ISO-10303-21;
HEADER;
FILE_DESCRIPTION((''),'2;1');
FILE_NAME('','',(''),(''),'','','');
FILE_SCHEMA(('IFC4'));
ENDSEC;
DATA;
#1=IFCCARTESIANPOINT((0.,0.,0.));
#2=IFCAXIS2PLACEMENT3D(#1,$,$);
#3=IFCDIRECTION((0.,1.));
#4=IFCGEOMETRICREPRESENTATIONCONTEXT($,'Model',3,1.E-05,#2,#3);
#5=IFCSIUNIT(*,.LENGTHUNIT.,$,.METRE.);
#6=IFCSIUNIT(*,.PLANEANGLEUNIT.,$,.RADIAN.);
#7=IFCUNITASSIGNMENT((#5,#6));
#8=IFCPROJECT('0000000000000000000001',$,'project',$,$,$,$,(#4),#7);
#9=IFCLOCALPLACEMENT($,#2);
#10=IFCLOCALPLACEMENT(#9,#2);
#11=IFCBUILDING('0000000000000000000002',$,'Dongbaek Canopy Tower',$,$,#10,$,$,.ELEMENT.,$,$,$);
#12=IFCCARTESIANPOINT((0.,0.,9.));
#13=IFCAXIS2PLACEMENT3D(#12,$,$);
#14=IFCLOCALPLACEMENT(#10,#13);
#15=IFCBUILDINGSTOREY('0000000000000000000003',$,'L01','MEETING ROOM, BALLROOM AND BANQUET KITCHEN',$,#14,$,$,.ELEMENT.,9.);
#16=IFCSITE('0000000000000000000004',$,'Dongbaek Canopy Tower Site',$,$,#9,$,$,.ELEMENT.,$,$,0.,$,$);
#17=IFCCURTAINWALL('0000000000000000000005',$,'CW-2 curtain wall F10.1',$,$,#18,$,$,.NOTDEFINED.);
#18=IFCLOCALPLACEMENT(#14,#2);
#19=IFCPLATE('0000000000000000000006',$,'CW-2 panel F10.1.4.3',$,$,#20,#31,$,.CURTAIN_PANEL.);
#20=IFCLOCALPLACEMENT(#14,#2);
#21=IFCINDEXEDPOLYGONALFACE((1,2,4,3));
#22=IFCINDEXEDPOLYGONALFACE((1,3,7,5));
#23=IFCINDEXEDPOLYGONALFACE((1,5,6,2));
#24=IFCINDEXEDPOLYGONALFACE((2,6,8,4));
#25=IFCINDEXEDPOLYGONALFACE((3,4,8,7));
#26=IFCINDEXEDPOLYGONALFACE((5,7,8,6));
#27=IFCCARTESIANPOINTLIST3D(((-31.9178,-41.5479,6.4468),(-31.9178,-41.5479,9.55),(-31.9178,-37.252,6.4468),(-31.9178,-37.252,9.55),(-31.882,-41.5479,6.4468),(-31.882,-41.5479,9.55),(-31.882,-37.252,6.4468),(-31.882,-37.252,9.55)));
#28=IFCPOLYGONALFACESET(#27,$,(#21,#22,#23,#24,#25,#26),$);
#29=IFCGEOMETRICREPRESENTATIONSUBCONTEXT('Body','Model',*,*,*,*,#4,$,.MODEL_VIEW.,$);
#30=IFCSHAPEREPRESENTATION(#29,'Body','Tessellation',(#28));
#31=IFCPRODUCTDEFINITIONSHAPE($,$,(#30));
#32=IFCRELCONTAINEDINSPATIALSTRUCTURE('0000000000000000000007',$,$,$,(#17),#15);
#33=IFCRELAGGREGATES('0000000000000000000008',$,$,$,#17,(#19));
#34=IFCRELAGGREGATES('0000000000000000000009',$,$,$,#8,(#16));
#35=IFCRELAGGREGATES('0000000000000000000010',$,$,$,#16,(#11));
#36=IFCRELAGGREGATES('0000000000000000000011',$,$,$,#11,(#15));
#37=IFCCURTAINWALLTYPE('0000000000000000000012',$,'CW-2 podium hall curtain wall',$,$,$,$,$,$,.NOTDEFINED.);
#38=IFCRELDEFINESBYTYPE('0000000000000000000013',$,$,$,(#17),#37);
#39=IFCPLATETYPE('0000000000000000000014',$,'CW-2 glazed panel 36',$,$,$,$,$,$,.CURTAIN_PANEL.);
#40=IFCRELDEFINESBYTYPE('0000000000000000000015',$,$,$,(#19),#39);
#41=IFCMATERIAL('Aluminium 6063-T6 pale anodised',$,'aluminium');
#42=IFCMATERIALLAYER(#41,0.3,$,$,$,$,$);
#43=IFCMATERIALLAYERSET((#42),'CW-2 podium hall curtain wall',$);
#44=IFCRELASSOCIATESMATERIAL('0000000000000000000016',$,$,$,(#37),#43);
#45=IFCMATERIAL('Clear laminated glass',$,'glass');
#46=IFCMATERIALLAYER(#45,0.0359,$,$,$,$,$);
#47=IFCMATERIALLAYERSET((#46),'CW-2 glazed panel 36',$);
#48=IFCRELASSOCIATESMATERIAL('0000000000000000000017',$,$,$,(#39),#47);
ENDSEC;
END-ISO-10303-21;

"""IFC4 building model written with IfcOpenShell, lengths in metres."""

from ifc_helpers import new_model, si_unit, direction, frame, origin, origin_2d, place, context, subcontext, project, spatial, rectangle, extrude, material, layer, layer_set, type_object, element, aggregate, save


model = new_model("IFC4")

# Units and contexts
model_context = context("Model", 3, precision=1e-05, world=origin(), true_north=direction((0.0, 1.0)))
body_context = subcontext(model_context, "Body", "Model", "MODEL_VIEW")
ifc_project = project(units=[si_unit("LENGTHUNIT", "METRE"), si_unit("PLANEANGLEUNIT", "RADIAN")], contexts=[model_context])

# Site, building, storey
site_placement = place(None, origin())
site = spatial("IfcSite", under=ifc_project, at=site_placement, Name="Dongbaek Canopy Tower Site", CompositionType="ELEMENT", RefElevation=0.0)
building_placement = place(site_placement, origin())
building = spatial("IfcBuilding", under=site, at=building_placement, Name="Dongbaek Canopy Tower", CompositionType="ELEMENT")
storey_placement = place(building_placement, frame((0.0, 0.0, 9.0)))
storey = spatial("IfcBuildingStorey", under=building, at=storey_placement, Name="L01", Description="MEETING ROOM, BALLROOM AND BANQUET KITCHEN", CompositionType="ELEMENT", Elevation=9.0)

# Curtain wall, plate
ifc_material_1 = material(Name="Aluminium 6063-T6 pale anodised", Category="aluminium")
ifc_layer_1 = layer(ifc_material_1, 0.3)
ifc_layer_set_1 = layer_set([ifc_layer_1], Name="CW-2 podium hall curtain wall")
curtain_wall_type = type_object("IfcCurtainWallType", Name="CW-2 podium hall curtain wall", PredefinedType="NOTDEFINED", material=ifc_layer_set_1)
curtain_wall_placement = place(storey_placement, origin())
curtain_wall = element("IfcCurtainWall", 1, at=curtain_wall_placement, inside=storey, type_object=curtain_wall_type, Name="CW-2 curtain wall F10.1", PredefinedType="NOTDEFINED")
ifc_material_2 = material(Name="Clear laminated glass", Category="glass")
ifc_layer_2 = layer(ifc_material_2, 0.0359)
ifc_layer_set_2 = layer_set([ifc_layer_2], Name="CW-2 glazed panel 36")
plate_type = type_object("IfcPlateType", Name="CW-2 glazed panel 36", PredefinedType="CURTAIN_PANEL", material=ifc_layer_set_2)
plate_1_placement = place(storey_placement, frame((-31.8999, -39.3999, 6.4468), z_axis=(0.0, 0.0, 1.0), x_axis=(0.0, -1.0, 0.0)))
plate_1 = element("IfcPlate", 2, at=plate_1_placement, type_object=plate_type, Name="CW-2 panel F10.1.4.3", PredefinedType="CURTAIN_PANEL", context=body_context, shape_type="SweptSolid", body=[
    extrude(rectangle(XDim=4.2959, YDim=0.0359, at=origin_2d()), origin(), (0.0, 0.0, 1.0), 3.1033),
])
aggregate(curtain_wall, [plate_1])

save(model, "model.ifc")
